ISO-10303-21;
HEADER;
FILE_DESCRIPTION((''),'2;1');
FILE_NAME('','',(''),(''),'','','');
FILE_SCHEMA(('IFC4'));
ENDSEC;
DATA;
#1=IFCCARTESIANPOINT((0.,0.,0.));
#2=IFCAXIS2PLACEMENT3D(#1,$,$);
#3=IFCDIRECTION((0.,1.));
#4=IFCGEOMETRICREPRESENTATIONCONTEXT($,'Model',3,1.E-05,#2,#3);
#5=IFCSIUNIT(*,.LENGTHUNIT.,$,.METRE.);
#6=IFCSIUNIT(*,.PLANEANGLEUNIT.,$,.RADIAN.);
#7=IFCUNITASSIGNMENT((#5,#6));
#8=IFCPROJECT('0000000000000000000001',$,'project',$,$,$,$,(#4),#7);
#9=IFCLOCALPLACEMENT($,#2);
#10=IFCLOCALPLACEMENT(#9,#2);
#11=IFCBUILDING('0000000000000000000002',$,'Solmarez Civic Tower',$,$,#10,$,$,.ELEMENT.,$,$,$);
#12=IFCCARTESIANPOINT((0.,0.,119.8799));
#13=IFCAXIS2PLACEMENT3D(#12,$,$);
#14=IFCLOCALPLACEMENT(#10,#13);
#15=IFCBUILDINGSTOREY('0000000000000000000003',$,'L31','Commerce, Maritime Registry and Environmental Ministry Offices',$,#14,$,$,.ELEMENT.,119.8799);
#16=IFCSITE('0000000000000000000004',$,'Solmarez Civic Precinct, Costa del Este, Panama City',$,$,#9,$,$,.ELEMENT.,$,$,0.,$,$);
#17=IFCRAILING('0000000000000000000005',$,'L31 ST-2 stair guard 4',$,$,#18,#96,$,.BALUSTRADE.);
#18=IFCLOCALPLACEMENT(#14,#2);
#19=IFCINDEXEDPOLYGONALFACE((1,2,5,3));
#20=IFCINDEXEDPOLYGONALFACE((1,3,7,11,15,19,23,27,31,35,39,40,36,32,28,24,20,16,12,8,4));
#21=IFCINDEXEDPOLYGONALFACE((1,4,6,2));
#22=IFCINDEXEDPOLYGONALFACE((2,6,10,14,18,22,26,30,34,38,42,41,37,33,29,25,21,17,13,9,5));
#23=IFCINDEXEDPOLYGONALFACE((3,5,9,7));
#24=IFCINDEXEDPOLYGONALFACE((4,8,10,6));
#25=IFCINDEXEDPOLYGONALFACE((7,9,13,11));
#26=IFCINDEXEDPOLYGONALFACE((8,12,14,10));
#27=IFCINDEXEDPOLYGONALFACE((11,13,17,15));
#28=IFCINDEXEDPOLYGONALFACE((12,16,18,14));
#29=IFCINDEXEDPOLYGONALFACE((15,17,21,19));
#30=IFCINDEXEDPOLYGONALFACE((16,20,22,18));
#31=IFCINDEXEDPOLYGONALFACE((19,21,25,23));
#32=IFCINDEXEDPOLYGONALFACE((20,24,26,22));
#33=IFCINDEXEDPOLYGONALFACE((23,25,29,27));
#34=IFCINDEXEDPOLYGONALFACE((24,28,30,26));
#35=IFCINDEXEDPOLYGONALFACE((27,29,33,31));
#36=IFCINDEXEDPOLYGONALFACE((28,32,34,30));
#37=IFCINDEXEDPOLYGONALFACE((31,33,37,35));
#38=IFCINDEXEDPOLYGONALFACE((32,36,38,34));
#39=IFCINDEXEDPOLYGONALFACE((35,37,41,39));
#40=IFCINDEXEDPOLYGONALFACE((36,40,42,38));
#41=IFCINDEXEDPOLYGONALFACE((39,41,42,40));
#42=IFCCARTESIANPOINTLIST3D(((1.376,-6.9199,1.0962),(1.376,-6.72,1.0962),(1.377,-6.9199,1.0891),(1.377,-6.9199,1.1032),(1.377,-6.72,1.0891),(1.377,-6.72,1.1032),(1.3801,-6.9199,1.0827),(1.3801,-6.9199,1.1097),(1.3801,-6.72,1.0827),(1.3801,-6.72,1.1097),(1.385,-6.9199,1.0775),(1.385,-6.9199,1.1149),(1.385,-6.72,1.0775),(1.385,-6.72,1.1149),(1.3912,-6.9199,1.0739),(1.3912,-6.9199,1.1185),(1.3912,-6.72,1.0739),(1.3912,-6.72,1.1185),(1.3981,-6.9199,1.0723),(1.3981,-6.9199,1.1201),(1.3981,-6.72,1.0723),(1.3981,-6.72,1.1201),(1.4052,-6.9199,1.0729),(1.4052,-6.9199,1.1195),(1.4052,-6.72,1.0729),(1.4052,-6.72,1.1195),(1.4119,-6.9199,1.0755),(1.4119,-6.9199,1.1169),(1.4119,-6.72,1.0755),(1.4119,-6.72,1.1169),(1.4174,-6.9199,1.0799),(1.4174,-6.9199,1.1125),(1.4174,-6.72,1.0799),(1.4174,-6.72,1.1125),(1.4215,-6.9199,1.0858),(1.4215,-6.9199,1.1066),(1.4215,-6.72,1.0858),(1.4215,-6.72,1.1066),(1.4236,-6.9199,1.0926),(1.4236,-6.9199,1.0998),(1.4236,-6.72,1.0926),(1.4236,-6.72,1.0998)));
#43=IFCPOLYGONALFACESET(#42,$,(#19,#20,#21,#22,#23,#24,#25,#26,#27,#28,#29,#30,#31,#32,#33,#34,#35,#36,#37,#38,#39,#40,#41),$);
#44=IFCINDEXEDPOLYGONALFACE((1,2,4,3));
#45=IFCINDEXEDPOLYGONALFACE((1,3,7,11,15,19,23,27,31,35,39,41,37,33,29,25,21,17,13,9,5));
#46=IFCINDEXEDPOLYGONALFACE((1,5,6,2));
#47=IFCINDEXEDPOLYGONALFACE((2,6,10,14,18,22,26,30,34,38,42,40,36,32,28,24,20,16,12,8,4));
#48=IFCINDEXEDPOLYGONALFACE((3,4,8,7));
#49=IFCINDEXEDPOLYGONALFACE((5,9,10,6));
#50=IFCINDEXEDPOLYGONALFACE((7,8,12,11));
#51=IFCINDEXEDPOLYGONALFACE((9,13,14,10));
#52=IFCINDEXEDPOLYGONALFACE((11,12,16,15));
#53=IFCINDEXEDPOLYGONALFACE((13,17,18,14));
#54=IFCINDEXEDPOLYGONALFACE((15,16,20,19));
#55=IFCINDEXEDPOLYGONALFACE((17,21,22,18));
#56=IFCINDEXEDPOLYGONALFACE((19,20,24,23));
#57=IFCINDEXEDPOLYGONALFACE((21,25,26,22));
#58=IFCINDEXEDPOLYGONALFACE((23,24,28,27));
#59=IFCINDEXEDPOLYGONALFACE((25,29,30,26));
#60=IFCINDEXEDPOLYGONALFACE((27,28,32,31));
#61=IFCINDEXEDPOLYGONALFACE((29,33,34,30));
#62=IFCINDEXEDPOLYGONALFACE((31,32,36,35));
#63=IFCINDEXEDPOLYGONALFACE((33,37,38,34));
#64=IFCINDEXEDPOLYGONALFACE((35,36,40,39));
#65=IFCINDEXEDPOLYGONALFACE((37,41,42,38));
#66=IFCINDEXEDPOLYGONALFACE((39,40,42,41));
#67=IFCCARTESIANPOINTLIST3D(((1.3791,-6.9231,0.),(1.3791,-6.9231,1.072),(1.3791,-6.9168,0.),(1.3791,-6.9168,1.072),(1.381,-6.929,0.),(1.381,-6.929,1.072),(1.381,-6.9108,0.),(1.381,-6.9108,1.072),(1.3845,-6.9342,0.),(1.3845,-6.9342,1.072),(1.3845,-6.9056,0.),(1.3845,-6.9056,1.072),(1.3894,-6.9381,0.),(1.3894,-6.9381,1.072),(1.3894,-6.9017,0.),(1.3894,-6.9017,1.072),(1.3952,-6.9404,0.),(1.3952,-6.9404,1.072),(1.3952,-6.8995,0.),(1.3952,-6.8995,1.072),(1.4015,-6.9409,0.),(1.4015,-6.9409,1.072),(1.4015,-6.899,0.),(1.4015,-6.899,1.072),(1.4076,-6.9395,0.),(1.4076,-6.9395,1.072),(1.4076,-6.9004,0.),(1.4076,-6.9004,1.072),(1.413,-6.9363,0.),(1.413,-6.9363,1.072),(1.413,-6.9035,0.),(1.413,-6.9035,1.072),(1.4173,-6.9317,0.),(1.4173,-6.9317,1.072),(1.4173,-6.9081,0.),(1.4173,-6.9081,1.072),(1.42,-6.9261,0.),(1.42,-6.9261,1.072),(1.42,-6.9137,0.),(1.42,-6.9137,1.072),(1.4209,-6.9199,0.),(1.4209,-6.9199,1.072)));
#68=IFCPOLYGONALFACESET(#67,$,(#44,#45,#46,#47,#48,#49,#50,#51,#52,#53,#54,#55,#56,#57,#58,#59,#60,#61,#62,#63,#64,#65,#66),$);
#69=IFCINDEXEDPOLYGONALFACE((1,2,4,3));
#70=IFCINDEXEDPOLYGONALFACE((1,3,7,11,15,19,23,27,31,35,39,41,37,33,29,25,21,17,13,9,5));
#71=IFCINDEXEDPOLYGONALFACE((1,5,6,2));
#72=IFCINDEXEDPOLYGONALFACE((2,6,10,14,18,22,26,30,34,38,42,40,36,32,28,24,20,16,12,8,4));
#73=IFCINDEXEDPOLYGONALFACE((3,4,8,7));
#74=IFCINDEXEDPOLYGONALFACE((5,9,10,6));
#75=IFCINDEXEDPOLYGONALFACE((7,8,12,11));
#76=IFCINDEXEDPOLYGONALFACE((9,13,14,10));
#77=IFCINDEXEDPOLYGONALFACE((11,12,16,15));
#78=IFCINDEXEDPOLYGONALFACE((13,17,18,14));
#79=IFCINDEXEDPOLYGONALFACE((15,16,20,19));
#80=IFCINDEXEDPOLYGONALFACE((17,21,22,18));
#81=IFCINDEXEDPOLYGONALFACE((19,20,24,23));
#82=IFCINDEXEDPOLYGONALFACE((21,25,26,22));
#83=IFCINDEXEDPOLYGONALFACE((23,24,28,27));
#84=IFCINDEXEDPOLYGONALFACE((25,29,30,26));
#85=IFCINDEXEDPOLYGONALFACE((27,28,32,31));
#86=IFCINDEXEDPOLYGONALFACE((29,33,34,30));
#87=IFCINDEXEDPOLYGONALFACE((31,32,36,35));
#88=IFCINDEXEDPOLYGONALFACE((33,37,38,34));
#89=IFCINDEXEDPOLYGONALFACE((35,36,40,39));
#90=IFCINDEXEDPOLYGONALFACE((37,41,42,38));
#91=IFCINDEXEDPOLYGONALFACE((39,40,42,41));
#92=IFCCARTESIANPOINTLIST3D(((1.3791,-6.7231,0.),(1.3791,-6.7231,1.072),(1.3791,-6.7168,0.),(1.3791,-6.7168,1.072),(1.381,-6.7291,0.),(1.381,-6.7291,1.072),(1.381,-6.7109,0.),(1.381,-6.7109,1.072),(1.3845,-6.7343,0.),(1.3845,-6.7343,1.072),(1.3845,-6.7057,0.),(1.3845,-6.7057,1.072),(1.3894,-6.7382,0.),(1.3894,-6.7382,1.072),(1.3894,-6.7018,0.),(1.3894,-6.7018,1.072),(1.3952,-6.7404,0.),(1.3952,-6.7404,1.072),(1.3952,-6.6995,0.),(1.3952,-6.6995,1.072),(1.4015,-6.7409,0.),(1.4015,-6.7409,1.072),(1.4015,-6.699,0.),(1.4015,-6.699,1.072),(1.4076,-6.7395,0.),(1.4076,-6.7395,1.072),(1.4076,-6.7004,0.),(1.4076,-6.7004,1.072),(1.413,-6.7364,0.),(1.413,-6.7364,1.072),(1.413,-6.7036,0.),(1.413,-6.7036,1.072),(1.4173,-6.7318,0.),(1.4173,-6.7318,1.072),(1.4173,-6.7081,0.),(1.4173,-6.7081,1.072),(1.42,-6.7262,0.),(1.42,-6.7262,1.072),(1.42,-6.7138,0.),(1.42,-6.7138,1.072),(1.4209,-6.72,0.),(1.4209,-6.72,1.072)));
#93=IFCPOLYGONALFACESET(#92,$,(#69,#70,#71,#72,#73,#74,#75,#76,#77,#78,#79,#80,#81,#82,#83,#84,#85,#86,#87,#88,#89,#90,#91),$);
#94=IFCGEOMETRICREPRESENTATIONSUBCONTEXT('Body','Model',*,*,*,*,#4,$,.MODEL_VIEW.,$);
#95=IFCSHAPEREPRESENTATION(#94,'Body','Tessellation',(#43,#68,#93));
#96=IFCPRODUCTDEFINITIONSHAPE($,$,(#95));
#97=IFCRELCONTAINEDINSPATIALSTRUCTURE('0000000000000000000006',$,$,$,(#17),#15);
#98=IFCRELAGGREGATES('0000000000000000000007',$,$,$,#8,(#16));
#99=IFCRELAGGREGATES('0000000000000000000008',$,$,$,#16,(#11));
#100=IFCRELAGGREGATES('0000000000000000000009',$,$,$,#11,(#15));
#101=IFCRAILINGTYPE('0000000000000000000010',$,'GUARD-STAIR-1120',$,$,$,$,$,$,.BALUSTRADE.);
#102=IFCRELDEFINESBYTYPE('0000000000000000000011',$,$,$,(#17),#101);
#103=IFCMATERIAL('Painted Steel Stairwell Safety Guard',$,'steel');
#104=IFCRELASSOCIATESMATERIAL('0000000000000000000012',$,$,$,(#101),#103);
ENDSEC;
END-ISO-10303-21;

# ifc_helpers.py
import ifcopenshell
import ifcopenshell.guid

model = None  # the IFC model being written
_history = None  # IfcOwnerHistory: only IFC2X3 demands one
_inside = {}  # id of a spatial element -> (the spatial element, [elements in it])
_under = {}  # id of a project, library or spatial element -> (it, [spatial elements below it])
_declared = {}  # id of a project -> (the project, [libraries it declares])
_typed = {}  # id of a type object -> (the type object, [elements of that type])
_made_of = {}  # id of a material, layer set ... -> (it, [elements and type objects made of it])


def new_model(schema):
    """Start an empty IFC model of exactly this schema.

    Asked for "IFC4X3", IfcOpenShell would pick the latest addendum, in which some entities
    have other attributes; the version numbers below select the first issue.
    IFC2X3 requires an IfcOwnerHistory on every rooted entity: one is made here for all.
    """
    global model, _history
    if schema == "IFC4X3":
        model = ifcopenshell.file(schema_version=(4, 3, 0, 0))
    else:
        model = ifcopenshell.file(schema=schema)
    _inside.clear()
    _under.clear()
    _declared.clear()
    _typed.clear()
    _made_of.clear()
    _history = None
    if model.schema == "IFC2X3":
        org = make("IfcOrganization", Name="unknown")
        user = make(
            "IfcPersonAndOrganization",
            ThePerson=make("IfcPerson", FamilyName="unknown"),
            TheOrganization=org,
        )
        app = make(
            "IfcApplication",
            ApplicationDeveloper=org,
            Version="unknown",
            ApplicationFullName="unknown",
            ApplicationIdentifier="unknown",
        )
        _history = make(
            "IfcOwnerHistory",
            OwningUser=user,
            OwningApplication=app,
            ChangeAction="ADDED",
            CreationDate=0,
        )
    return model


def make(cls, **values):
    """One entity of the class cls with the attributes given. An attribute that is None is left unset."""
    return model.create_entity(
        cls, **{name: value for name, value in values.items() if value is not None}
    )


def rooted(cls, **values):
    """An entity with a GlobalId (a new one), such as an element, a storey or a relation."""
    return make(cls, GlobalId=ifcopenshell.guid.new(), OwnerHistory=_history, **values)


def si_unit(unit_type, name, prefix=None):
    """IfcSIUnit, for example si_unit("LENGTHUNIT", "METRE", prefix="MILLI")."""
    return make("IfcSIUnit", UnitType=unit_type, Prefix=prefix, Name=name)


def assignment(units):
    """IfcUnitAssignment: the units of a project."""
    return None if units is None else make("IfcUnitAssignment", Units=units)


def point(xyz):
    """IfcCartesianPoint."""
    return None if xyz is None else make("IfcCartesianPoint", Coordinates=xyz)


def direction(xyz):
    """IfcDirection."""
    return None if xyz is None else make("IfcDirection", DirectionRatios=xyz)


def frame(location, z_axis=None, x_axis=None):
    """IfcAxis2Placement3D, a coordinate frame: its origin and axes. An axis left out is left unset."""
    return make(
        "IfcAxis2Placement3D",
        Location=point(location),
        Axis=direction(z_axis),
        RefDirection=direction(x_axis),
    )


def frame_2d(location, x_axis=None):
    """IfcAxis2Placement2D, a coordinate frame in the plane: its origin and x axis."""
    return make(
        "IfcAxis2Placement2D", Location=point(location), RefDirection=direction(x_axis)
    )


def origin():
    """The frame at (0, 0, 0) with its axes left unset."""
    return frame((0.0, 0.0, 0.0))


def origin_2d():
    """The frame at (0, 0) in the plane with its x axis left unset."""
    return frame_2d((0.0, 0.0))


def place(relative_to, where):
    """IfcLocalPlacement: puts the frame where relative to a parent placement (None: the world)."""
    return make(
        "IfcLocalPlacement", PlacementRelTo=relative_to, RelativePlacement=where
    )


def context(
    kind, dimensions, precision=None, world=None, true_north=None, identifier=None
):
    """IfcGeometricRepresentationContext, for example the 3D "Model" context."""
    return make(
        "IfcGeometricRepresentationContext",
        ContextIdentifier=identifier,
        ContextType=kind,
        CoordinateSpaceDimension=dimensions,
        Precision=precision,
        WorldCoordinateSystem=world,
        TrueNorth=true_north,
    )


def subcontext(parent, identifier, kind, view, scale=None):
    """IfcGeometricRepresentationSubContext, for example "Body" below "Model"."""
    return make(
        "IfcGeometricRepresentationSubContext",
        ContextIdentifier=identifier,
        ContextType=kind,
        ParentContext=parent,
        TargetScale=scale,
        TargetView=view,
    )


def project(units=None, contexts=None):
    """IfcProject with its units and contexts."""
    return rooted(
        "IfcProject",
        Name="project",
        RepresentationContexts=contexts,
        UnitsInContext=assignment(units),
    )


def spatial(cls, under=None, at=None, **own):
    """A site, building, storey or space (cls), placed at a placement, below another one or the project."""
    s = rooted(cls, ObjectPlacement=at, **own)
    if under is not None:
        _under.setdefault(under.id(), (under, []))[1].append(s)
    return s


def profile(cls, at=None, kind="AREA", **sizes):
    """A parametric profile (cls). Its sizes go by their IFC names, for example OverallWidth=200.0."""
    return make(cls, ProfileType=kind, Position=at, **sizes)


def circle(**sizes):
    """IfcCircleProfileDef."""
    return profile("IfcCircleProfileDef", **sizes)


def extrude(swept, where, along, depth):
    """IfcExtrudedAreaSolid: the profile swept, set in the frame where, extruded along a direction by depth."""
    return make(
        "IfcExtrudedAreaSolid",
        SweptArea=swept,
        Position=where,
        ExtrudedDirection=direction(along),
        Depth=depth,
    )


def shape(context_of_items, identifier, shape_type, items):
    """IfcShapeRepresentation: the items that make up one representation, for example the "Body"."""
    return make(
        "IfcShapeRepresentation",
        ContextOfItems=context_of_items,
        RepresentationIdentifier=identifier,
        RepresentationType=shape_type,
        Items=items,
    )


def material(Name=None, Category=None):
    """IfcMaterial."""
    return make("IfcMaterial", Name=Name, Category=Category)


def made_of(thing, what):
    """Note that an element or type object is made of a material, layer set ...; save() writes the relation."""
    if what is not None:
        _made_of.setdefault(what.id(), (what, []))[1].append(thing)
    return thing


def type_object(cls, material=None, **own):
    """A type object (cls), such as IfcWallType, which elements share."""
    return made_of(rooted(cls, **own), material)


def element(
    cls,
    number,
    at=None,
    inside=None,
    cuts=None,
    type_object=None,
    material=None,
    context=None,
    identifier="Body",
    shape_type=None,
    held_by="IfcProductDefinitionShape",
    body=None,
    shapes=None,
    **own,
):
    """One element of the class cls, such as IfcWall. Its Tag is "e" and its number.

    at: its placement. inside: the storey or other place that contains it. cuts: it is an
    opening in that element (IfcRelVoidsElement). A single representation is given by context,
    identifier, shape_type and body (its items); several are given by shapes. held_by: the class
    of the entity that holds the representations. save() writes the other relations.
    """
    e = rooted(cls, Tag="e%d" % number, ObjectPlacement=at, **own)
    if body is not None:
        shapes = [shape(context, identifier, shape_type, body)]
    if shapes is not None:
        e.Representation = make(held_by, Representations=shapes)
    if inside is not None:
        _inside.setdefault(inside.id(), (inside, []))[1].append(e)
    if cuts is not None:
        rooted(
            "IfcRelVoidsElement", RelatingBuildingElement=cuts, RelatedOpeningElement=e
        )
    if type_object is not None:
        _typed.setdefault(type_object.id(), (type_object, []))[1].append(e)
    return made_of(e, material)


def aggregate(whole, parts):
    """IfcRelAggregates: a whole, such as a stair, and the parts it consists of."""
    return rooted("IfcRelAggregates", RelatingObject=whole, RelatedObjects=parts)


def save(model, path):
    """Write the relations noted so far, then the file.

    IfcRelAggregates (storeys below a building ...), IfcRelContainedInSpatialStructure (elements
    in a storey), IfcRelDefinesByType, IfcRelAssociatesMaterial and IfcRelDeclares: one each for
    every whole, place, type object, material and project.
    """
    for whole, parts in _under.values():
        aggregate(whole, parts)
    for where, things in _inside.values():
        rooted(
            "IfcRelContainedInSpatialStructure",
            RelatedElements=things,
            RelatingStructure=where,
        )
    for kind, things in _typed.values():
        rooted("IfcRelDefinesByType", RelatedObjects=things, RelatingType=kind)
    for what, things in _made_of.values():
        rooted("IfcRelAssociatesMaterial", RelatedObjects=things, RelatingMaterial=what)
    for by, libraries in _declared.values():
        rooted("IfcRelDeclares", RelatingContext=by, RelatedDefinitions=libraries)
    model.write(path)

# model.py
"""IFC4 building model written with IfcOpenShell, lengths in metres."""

from ifc_helpers import new_model, si_unit, direction, frame, origin, origin_2d, place, context, subcontext, project, spatial, circle, extrude, material, type_object, element, save


model = new_model("IFC4")

# Units and contexts
model_context = context("Model", 3, precision=1e-05, world=origin(), true_north=direction((0.0, 1.0)))
body_context = subcontext(model_context, "Body", "Model", "MODEL_VIEW")
ifc_project = project(units=[si_unit("LENGTHUNIT", "METRE"), si_unit("PLANEANGLEUNIT", "RADIAN")], contexts=[model_context])

# Site, building, storey
site_placement = place(None, origin())
site = spatial("IfcSite", under=ifc_project, at=site_placement, Name="Solmarez Civic Precinct, Costa del Este, Panama City", CompositionType="ELEMENT", RefElevation=0.0)
building_placement = place(site_placement, origin())
building = spatial("IfcBuilding", under=site, at=building_placement, Name="Solmarez Civic Tower", CompositionType="ELEMENT")
storey_placement = place(building_placement, frame((0.0, 0.0, 119.8799)))
storey = spatial("IfcBuildingStorey", under=building, at=storey_placement, Name="L31", Description="Commerce, Maritime Registry and Environmental Ministry Offices", CompositionType="ELEMENT", Elevation=119.8799)

# Railing
ifc_material_1 = material(Name="Painted Steel Stairwell Safety Guard", Category="steel")
railing_type_1 = type_object("IfcRailingType", Name="GUARD-STAIR-1120", PredefinedType="BALUSTRADE", material=ifc_material_1)
railing_1_placement = place(storey_placement, frame((1.3999, -6.9199, 0.0)))
element("IfcRailing", 1, at=railing_1_placement, inside=storey, type_object=railing_type_1, Name="L31 ST-2 stair guard 4", PredefinedType="BALUSTRADE", context=body_context, shape_type="SweptSolid", body=[
    extrude(circle(Radius=0.0239, at=origin_2d()), frame((0.0, 0.0, 1.0962), z_axis=(0.0, 1.0, 0.0), x_axis=(-1.0, 0.0, 0.0)), (0.0, 0.0, 1.0), 0.2),
    extrude(circle(Radius=0.021, at=origin_2d()), origin(), (0.0, 0.0, 1.0), 1.072),
    extrude(circle(Radius=0.021, at=origin_2d()), frame((0.0, 0.2, 0.0)), (0.0, 0.0, 1.0), 1.072),
])

save(model, "model.ifc")
